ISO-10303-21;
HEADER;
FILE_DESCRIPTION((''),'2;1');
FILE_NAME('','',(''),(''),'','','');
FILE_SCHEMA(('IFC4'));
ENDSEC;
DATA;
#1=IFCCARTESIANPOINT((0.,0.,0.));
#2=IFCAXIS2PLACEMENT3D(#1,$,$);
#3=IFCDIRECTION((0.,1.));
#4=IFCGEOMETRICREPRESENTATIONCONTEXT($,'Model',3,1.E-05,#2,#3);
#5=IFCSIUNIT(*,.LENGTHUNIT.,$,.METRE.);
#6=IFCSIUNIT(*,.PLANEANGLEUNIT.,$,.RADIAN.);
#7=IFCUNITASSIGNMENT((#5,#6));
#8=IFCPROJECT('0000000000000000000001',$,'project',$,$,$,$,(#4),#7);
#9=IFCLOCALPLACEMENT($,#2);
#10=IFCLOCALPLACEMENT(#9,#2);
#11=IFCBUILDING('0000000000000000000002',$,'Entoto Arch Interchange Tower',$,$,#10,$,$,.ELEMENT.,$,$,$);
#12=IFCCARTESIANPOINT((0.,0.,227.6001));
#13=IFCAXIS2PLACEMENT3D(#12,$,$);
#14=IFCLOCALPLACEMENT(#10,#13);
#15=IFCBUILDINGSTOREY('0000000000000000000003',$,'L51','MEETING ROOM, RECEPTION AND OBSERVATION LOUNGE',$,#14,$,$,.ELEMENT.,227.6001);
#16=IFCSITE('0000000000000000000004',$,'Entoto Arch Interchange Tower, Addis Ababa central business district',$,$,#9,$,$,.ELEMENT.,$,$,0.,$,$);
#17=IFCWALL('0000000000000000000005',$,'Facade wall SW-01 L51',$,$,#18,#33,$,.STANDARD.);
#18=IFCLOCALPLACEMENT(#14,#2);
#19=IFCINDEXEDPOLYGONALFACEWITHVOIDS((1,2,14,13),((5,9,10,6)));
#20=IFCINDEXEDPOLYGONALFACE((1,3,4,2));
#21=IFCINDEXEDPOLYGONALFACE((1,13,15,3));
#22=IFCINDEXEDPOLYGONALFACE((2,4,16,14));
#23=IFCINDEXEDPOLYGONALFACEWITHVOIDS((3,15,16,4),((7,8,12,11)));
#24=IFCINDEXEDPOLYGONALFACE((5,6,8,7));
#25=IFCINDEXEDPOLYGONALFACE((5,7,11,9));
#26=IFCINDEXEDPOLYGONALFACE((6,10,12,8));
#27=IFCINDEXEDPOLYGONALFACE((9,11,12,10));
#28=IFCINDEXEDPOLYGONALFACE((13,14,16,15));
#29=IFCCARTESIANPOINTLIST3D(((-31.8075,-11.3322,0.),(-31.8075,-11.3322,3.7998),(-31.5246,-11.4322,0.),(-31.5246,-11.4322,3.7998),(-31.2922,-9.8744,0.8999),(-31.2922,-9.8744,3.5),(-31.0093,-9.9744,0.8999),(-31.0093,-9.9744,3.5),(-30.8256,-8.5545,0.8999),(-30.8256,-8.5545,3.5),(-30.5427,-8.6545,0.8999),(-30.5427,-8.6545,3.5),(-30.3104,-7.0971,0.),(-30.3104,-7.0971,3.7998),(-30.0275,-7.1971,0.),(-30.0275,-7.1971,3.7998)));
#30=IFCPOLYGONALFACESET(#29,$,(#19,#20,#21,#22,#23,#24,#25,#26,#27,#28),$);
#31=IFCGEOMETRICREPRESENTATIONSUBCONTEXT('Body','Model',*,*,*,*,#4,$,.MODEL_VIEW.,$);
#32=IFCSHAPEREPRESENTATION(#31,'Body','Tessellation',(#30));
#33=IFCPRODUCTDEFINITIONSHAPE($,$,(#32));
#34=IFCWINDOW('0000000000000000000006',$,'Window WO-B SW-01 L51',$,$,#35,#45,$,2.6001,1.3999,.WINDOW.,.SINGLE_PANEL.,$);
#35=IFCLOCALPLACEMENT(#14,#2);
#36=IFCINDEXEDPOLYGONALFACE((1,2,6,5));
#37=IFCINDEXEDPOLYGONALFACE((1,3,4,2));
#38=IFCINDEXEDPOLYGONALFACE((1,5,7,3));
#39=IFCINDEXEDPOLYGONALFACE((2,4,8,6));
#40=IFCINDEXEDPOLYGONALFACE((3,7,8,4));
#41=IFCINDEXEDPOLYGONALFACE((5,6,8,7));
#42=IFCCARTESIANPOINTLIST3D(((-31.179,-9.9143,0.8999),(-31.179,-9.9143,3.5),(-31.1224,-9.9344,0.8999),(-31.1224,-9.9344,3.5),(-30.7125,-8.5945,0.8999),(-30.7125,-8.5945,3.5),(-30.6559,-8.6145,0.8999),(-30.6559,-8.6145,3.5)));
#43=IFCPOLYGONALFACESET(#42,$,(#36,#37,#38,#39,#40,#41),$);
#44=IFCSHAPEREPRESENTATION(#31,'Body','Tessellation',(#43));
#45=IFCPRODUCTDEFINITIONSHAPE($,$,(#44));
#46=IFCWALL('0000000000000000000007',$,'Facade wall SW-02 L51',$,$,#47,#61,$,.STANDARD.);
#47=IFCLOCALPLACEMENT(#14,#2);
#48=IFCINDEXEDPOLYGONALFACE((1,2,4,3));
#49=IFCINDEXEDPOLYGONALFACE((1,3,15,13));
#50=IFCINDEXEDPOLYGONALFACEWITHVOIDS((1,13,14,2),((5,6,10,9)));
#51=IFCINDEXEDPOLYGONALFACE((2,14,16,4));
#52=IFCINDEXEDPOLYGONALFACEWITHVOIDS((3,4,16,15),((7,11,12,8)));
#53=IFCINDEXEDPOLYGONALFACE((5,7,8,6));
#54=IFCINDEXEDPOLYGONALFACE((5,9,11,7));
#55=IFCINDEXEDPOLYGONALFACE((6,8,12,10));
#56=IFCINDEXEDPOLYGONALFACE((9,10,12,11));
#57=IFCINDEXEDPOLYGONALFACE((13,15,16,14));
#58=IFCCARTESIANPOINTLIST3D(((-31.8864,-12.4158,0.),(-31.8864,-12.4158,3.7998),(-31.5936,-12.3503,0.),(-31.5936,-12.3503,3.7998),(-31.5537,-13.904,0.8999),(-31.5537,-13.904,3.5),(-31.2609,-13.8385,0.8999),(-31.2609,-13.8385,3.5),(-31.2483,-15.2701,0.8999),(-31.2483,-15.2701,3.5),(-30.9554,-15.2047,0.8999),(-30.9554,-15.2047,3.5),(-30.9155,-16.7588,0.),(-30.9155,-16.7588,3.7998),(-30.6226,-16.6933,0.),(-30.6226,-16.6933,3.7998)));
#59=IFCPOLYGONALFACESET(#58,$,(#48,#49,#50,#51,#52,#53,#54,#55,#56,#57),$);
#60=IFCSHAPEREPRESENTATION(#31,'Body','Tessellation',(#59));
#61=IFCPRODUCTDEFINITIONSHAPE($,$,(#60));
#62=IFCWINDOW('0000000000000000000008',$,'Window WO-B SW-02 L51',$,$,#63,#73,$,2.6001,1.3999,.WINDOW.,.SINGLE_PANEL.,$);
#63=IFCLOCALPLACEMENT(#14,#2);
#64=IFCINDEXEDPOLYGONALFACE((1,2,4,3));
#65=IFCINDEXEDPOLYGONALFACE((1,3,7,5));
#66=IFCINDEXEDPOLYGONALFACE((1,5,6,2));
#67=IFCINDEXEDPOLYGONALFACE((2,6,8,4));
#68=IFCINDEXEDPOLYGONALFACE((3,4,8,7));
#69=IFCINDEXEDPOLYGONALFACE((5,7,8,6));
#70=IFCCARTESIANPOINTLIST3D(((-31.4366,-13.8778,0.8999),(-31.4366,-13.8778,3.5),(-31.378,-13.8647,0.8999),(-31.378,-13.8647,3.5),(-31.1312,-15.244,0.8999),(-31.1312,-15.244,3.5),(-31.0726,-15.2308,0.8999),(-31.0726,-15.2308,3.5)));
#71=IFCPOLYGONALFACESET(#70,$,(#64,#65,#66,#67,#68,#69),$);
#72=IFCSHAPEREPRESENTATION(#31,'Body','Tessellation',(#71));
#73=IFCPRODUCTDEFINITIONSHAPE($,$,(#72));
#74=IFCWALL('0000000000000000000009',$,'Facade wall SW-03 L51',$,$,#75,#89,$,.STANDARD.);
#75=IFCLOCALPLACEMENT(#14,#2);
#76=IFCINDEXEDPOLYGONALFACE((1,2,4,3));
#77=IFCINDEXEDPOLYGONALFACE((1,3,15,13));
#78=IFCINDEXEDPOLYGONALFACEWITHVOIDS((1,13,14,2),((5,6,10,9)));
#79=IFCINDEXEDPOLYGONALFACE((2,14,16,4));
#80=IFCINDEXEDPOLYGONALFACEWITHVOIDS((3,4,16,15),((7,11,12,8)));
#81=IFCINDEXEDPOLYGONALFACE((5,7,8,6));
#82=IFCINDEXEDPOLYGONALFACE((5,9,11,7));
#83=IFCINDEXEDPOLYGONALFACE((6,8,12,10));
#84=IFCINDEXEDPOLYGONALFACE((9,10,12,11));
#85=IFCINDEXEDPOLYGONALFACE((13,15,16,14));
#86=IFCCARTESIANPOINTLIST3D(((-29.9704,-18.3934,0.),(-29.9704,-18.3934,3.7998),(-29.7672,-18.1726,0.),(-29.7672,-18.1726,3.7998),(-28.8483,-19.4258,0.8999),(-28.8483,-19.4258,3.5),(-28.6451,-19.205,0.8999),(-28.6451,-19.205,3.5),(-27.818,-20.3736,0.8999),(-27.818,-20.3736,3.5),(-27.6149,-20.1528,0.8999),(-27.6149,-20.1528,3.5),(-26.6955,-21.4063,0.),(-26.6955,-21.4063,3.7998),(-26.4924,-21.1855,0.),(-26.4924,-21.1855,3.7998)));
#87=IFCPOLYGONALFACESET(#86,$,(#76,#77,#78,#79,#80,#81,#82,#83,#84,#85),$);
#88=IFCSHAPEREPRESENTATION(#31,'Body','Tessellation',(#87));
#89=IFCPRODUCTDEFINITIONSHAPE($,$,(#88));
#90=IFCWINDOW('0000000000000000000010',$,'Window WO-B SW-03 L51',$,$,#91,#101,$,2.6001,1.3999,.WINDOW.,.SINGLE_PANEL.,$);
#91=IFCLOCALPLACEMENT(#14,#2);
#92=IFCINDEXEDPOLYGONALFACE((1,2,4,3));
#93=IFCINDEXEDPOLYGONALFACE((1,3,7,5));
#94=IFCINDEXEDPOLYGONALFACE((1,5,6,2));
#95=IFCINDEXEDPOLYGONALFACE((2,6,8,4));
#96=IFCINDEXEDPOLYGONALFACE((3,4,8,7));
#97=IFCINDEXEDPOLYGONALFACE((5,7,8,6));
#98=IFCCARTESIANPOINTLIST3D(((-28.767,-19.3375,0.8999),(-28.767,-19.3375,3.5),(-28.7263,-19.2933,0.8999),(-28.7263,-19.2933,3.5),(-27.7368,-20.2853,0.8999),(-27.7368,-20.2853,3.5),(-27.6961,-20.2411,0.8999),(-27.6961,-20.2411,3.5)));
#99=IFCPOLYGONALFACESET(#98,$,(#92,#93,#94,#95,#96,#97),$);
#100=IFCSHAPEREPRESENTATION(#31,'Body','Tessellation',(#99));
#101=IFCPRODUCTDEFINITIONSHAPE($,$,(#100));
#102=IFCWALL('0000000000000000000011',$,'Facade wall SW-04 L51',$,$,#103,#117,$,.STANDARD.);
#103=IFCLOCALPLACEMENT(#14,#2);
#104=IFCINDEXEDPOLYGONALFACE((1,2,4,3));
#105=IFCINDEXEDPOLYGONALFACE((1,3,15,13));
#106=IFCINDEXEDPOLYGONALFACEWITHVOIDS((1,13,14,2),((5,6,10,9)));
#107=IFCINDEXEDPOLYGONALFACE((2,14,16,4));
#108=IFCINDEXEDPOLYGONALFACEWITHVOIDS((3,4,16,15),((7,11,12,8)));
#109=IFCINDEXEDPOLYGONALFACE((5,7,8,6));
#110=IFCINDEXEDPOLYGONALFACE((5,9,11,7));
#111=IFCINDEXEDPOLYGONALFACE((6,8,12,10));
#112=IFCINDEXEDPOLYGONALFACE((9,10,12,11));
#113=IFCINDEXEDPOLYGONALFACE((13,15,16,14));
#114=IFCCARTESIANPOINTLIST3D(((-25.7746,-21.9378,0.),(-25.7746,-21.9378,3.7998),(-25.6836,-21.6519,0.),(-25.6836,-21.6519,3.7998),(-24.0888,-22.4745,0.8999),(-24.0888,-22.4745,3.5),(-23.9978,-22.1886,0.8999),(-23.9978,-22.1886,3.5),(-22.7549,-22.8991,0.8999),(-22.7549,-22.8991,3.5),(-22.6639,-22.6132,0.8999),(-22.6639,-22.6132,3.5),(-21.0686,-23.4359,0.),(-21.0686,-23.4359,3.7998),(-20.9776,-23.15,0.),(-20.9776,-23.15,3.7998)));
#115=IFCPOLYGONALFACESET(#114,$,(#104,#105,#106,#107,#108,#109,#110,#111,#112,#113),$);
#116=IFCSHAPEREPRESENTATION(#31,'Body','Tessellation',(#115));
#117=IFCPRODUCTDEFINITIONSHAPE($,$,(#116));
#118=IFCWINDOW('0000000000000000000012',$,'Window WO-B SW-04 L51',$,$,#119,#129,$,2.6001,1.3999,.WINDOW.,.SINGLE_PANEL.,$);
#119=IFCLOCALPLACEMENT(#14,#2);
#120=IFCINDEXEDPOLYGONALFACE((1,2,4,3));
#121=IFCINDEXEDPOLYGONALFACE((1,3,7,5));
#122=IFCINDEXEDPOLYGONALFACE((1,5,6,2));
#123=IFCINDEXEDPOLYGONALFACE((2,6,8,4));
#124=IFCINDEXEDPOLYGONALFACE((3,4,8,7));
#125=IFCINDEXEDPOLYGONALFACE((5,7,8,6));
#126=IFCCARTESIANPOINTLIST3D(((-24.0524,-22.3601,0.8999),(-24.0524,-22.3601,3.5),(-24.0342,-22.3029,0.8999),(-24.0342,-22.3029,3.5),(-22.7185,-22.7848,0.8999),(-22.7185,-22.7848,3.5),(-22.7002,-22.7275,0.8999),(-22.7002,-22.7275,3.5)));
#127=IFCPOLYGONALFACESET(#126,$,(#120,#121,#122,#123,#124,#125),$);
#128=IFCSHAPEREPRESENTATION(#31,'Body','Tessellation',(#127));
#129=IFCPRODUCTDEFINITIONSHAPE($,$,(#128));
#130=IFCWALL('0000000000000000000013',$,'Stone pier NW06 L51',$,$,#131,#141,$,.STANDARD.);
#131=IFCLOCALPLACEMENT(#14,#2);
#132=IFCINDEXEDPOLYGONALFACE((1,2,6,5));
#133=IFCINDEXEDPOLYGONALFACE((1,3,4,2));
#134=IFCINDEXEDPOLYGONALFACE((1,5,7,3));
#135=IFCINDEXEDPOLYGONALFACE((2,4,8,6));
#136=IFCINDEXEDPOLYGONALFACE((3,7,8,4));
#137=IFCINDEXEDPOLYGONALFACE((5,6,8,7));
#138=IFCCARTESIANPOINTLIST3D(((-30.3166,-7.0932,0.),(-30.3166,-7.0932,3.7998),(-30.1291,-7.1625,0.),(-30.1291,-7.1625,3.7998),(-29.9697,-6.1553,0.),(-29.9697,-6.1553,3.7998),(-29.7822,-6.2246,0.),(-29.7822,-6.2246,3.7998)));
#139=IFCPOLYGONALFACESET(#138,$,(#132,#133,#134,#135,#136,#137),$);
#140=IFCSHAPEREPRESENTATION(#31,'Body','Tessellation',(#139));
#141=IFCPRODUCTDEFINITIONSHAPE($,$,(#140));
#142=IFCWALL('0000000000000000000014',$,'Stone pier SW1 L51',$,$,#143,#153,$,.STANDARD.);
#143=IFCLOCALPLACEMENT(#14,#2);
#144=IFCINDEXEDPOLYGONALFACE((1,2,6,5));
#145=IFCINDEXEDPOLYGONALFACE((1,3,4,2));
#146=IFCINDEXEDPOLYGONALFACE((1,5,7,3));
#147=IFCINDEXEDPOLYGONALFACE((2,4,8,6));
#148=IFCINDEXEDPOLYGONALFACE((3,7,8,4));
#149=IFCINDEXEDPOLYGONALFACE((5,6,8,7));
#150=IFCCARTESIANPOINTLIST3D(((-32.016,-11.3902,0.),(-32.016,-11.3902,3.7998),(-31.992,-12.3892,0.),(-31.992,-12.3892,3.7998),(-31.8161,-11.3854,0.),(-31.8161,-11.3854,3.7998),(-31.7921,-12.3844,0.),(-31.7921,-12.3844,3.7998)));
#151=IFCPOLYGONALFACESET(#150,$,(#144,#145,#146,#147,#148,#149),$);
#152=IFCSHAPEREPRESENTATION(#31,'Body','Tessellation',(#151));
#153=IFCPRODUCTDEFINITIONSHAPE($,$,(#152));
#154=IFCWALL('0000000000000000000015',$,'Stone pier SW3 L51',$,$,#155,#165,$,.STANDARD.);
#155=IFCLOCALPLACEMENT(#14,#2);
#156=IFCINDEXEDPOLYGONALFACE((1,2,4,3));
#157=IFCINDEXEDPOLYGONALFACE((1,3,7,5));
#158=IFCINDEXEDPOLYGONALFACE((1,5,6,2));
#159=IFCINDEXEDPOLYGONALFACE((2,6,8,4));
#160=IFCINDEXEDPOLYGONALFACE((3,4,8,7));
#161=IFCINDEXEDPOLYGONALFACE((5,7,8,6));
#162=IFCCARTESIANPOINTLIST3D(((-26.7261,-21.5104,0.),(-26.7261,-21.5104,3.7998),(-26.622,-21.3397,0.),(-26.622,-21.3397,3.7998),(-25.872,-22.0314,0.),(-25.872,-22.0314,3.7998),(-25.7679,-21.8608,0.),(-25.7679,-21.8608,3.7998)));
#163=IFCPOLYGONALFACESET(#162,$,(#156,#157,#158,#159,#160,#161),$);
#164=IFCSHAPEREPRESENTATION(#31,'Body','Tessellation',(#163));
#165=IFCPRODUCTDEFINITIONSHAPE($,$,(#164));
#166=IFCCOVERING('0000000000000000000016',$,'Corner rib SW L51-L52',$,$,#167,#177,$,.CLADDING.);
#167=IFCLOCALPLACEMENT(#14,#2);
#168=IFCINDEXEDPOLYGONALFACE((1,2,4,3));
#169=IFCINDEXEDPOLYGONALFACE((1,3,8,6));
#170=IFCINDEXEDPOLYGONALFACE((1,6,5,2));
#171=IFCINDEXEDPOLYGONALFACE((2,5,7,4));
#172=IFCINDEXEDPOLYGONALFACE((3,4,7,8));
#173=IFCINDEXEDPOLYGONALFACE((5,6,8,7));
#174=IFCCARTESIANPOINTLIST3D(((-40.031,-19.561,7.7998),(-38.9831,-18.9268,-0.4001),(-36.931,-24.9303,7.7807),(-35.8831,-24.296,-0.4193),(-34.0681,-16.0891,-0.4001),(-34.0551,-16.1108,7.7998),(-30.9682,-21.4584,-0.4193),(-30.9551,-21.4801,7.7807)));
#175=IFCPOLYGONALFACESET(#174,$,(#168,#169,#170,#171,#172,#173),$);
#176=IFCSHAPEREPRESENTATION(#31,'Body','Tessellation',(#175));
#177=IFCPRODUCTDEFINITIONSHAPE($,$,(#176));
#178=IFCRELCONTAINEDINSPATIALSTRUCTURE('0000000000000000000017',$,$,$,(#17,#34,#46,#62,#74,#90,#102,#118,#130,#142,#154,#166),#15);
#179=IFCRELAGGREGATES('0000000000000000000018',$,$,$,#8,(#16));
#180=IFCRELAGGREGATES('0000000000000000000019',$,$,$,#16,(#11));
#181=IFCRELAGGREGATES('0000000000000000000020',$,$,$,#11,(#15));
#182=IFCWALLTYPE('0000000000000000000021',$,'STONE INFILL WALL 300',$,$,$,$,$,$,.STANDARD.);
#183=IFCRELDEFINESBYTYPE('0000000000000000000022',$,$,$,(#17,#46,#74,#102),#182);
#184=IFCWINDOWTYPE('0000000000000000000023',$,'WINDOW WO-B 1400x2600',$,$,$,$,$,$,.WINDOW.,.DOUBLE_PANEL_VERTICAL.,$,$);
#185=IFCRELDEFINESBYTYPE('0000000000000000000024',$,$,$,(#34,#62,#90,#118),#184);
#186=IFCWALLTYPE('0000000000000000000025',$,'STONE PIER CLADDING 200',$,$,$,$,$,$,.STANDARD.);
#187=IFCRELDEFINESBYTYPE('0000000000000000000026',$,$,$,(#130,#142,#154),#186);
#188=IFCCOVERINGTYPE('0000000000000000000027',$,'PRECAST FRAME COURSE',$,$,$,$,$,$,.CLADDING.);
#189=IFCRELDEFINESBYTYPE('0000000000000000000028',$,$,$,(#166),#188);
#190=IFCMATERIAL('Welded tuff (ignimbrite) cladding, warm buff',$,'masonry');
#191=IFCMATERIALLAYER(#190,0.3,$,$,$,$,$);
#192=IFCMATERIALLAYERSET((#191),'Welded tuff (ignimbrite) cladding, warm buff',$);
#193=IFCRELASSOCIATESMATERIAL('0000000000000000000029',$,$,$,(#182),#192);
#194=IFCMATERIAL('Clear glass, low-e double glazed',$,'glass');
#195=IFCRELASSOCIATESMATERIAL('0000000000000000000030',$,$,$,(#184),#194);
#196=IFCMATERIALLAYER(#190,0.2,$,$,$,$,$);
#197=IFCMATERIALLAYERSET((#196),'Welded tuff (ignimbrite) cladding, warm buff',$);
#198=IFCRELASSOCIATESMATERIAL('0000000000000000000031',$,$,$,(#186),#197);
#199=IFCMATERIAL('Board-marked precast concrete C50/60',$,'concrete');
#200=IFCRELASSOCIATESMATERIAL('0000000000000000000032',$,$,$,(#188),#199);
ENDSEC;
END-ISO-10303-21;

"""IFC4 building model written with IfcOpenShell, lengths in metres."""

from ifc_helpers import new_model, si_unit, direction, frame, frame_2d, origin, place, context, subcontext, project, spatial, polyline, rectangle, outline, extrude, material, layer, layer_set, type_object, element, fill, save


model = new_model("IFC4")

# Units and contexts
model_context = context("Model", 3, precision=1e-05, world=origin(), true_north=direction((0.0, 1.0)))
body_context = subcontext(model_context, "Body", "Model", "MODEL_VIEW")
ifc_project = project(units=[si_unit("LENGTHUNIT", "METRE"), si_unit("PLANEANGLEUNIT", "RADIAN")], contexts=[model_context])

# Site, building, storey
site_placement = place(None, origin())
site = spatial("IfcSite", under=ifc_project, at=site_placement, Name="Entoto Arch Interchange Tower, Addis Ababa central business district", CompositionType="ELEMENT", RefElevation=0.0)
building_placement = place(site_placement, origin())
building = spatial("IfcBuilding", under=site, at=building_placement, Name="Entoto Arch Interchange Tower", CompositionType="ELEMENT")
storey_placement = place(building_placement, frame((0.0, 0.0, 227.6001)))
storey = spatial("IfcBuildingStorey", under=building, at=storey_placement, Name="L51", Description="MEETING ROOM, RECEPTION AND OBSERVATION LOUNGE", CompositionType="ELEMENT", Elevation=227.6001)

# Walls, openings, windows
ifc_material_1 = material(Name="Welded tuff (ignimbrite) cladding, warm buff", Category="masonry")
ifc_layer_1 = layer(ifc_material_1, 0.3)
ifc_layer_set_1 = layer_set([ifc_layer_1], Name="Welded tuff (ignimbrite) cladding, warm buff")
wall_type_1 = type_object("IfcWallType", Name="STONE INFILL WALL 300", PredefinedType="STANDARD", material=ifc_layer_set_1)
wall_1_placement = place(storey_placement, frame((-30.1689, -7.147, 0.0), z_axis=(0.0, 0.0, 1.0), x_axis=(-0.333281, -0.942828, 0.0)))
wall_1 = element("IfcWall", 1, at=wall_1_placement, inside=storey, type_object=wall_type_1, Name="Facade wall SW-01 L51", PredefinedType="STANDARD", context=body_context, shape_type="SweptSolid", body=[
    extrude(rectangle(XDim=4.4919, YDim=0.3, at=frame_2d((2.2461, 0.0))), origin(), (0.0, 0.0, 1.0), 3.7998),
])
opening_1_placement = place(wall_1_placement, frame((1.5459, 0.0, 0.8999)))
opening_1 = element("IfcOpeningElement", 2, at=opening_1_placement, cuts=wall_1, PredefinedType="OPENING", context=body_context, shape_type="SweptSolid", body=[
    extrude(rectangle(XDim=1.3999, YDim=2.6001, at=frame_2d((0.7, 1.3))), frame((0.0, 0.1602, 0.0), z_axis=(0.0, -1.0, 0.0), x_axis=(1.0, 0.0, 0.0)), (0.0, 0.0, 1.0), 0.3201),
])
ifc_material_2 = material(Name="Clear glass, low-e double glazed", Category="glass")
window_type = type_object("IfcWindowType", Name="WINDOW WO-B 1400x2600", PartitioningType="DOUBLE_PANEL_VERTICAL", PredefinedType="WINDOW", material=ifc_material_2)
window_1_placement = place(opening_1_placement, origin())
window_1 = element("IfcWindow", 3, at=window_1_placement, inside=storey, type_object=window_type, Name="Window WO-B SW-01 L51", OverallHeight=2.6001, OverallWidth=1.3999, PartitioningType="SINGLE_PANEL", PredefinedType="WINDOW", context=body_context, shape_type="SweptSolid", body=[
    extrude(rectangle(XDim=1.3999, YDim=2.6001, at=frame_2d((0.7, 1.3))), frame((0.0, 0.03, 0.0), z_axis=(0.0, -1.0, 0.0), x_axis=(1.0, 0.0, 0.0)), (0.0, 0.0, 1.0), 0.0601),
])
fill(opening_1, window_1)
wall_2_placement = place(storey_placement, frame((-31.74, -12.3831, 0.0), z_axis=(0.0, 0.0, 1.0), x_axis=(0.218179, -0.975909, 0.0)))
wall_2 = element("IfcWall", 4, at=wall_2_placement, inside=storey, type_object=wall_type_1, Name="Facade wall SW-02 L51", PredefinedType="STANDARD", context=body_context, shape_type="SweptSolid", body=[
    extrude(rectangle(XDim=4.4502, YDim=0.3, at=frame_2d((2.2251, 0.0))), origin(), (0.0, 0.0, 1.0), 3.7998),
])
opening_2_placement = place(wall_2_placement, frame((1.5249, 0.0, 0.8999)))
opening_2 = element("IfcOpeningElement", 5, at=opening_2_placement, cuts=wall_2, PredefinedType="OPENING", context=body_context, shape_type="SweptSolid", body=[
    extrude(rectangle(XDim=1.3999, YDim=2.6001, at=frame_2d((0.7, 1.3))), frame((0.0, 0.1602, 0.0), z_axis=(0.0, -1.0, 0.0), x_axis=(1.0, 0.0, 0.0)), (0.0, 0.0, 1.0), 0.3201),
])
window_2_placement = place(opening_2_placement, origin())
window_2 = element("IfcWindow", 6, at=window_2_placement, inside=storey, type_object=window_type, Name="Window WO-B SW-02 L51", OverallHeight=2.6001, OverallWidth=1.3999, PartitioningType="SINGLE_PANEL", PredefinedType="WINDOW", context=body_context, shape_type="SweptSolid", body=[
    extrude(rectangle(XDim=1.3999, YDim=2.6001, at=frame_2d((0.7, 1.3))), frame((0.0, 0.03, 0.0), z_axis=(0.0, -1.0, 0.0), x_axis=(1.0, 0.0, 0.0)), (0.0, 0.0, 1.0), 0.0601),
])
fill(opening_2, window_2)
wall_3_placement = place(storey_placement, frame((-29.8689, -18.283, 0.0), z_axis=(0.0, 0.0, 1.0), x_axis=(0.735928, -0.67706, 0.0)))
wall_3 = element("IfcWall", 7, at=wall_3_placement, inside=storey, type_object=wall_type_1, Name="Facade wall SW-03 L51", PredefinedType="STANDARD", context=body_context, shape_type="SweptSolid", body=[
    extrude(rectangle(XDim=4.45, YDim=0.3, at=frame_2d((2.2251, 0.0))), origin(), (0.0, 0.0, 1.0), 3.7998),
])
opening_3_placement = place(wall_3_placement, frame((1.5249, 0.0, 0.8999)))
opening_3 = element("IfcOpeningElement", 8, at=opening_3_placement, cuts=wall_3, PredefinedType="OPENING", context=body_context, shape_type="SweptSolid", body=[
    extrude(rectangle(XDim=1.3999, YDim=2.6001, at=frame_2d((0.7, 1.3))), frame((0.0, 0.1602, 0.0), z_axis=(0.0, -1.0, 0.0), x_axis=(1.0, 0.0, 0.0)), (0.0, 0.0, 1.0), 0.3201),
])
window_3_placement = place(opening_3_placement, origin())
window_3 = element("IfcWindow", 9, at=window_3_placement, inside=storey, type_object=window_type, Name="Window WO-B SW-03 L51", OverallHeight=2.6001, OverallWidth=1.3999, PartitioningType="SINGLE_PANEL", PredefinedType="WINDOW", context=body_context, shape_type="SweptSolid", body=[
    extrude(rectangle(XDim=1.3999, YDim=2.6001, at=frame_2d((0.7, 1.3))), frame((0.0, 0.03, 0.0), z_axis=(0.0, -1.0, 0.0), x_axis=(1.0, 0.0, 0.0)), (0.0, 0.0, 1.0), 0.0601),
])
fill(opening_3, window_3)
wall_4_placement = place(storey_placement, frame((-25.729, -21.7949, 0.0), z_axis=(0.0, 0.0, 1.0), x_axis=(0.952887, -0.303326, 0.0)))
wall_4 = element("IfcWall", 10, at=wall_4_placement, inside=storey, type_object=wall_type_1, Name="Facade wall SW-04 L51", PredefinedType="STANDARD", context=body_context, shape_type="SweptSolid", body=[
    extrude(rectangle(XDim=4.9387, YDim=0.3, at=frame_2d((2.4692, 0.0))), origin(), (0.0, 0.0, 1.0), 3.7998),
])
opening_4_placement = place(wall_4_placement, frame((1.769, 0.0, 0.8999)))
opening_4 = element("IfcOpeningElement", 11, at=opening_4_placement, cuts=wall_4, PredefinedType="OPENING", context=body_context, shape_type="SweptSolid", body=[
    extrude(rectangle(XDim=1.3999, YDim=2.6001, at=frame_2d((0.7, 1.3))), frame((0.0, 0.1602, 0.0), z_axis=(0.0, -1.0, 0.0), x_axis=(1.0, 0.0, 0.0)), (0.0, 0.0, 1.0), 0.3201),
])
window_4_placement = place(opening_4_placement, origin())
window_4 = element("IfcWindow", 12, at=window_4_placement, inside=storey, type_object=window_type, Name="Window WO-B SW-04 L51", OverallHeight=2.6001, OverallWidth=1.3999, PartitioningType="SINGLE_PANEL", PredefinedType="WINDOW", context=body_context, shape_type="SweptSolid", body=[
    extrude(rectangle(XDim=1.3999, YDim=2.6001, at=frame_2d((0.7, 1.3))), frame((0.0, 0.03, 0.0), z_axis=(0.0, -1.0, 0.0), x_axis=(1.0, 0.0, 0.0)), (0.0, 0.0, 1.0), 0.0601),
])
fill(opening_4, window_4)

# Walls
ifc_layer_2 = layer(ifc_material_1, 0.2)
ifc_layer_set_2 = layer_set([ifc_layer_2], Name="Welded tuff (ignimbrite) cladding, warm buff")
wall_type_2 = type_object("IfcWallType", Name="STONE PIER CLADDING 200", PredefinedType="STANDARD", material=ifc_layer_set_2)
wall_5_placement = place(storey_placement, frame((-29.876, -6.1899, 0.0), z_axis=(0.0, 0.0, 1.0), x_axis=(-0.346893, -0.937905, 0.0)))
element("IfcWall", 13, at=wall_5_placement, inside=storey, type_object=wall_type_2, Name="Stone pier NW06 L51", PredefinedType="STANDARD", context=body_context, shape_type="SweptSolid", body=[
    extrude(rectangle(XDim=1.0, YDim=0.2, at=frame_2d((0.5, 0.0))), origin(), (0.0, 0.0, 1.0), 3.7998),
])
wall_6_placement = place(storey_placement, frame((-31.916, -11.3879, 0.0), z_axis=(0.0, 0.0, 1.0), x_axis=(0.023942, -0.999713, 0.0)))
element("IfcWall", 14, at=wall_6_placement, inside=storey, type_object=wall_type_2, Name="Stone pier SW1 L51", PredefinedType="STANDARD", context=body_context, shape_type="SweptSolid", body=[
    extrude(rectangle(XDim=0.9993, YDim=0.2, at=frame_2d((0.4995, 0.0))), origin(), (0.0, 0.0, 1.0), 3.7998),
])
wall_7_placement = place(storey_placement, frame((-26.6741, -21.425, 0.0), z_axis=(0.0, 0.0, 1.0), x_axis=(0.85368, -0.520798, 0.0)))
element("IfcWall", 15, at=wall_7_placement, inside=storey, type_object=wall_type_2, Name="Stone pier SW3 L51", PredefinedType="STANDARD", context=body_context, shape_type="SweptSolid", body=[
    extrude(rectangle(XDim=1.0005, YDim=0.2, at=frame_2d((0.5002, 0.0))), origin(), (0.0, 0.0, 1.0), 3.7998),
])

# Covering
ifc_material_3 = material(Name="Board-marked precast concrete C50/60", Category="concrete")
covering_type = type_object("IfcCoveringType", Name="PRECAST FRAME COURSE", PredefinedType="CLADDING", material=ifc_material_3)
covering_1_placement = place(storey_placement, frame((-34.0681, -16.0891, -0.4001), z_axis=(-0.499997, 0.866021, 0.003089), x_axis=(-0.866026, -0.5, 0.0)))
element("IfcCovering", 16, at=covering_1_placement, inside=storey, type_object=covering_type, Name="Corner rib SW L51-L52", PredefinedType="CLADDING", context=body_context, shape_type="SweptSolid", body=[
    extrude(outline(polyline([(0.0, 0.0), (5.6753, 0.0), (6.9, 8.2), (-0.0004, 8.2), (0.0, 0.0)])), origin(), (0.0, 0.0, -1.0), 6.2),
])

save(model, "model.ifc")
